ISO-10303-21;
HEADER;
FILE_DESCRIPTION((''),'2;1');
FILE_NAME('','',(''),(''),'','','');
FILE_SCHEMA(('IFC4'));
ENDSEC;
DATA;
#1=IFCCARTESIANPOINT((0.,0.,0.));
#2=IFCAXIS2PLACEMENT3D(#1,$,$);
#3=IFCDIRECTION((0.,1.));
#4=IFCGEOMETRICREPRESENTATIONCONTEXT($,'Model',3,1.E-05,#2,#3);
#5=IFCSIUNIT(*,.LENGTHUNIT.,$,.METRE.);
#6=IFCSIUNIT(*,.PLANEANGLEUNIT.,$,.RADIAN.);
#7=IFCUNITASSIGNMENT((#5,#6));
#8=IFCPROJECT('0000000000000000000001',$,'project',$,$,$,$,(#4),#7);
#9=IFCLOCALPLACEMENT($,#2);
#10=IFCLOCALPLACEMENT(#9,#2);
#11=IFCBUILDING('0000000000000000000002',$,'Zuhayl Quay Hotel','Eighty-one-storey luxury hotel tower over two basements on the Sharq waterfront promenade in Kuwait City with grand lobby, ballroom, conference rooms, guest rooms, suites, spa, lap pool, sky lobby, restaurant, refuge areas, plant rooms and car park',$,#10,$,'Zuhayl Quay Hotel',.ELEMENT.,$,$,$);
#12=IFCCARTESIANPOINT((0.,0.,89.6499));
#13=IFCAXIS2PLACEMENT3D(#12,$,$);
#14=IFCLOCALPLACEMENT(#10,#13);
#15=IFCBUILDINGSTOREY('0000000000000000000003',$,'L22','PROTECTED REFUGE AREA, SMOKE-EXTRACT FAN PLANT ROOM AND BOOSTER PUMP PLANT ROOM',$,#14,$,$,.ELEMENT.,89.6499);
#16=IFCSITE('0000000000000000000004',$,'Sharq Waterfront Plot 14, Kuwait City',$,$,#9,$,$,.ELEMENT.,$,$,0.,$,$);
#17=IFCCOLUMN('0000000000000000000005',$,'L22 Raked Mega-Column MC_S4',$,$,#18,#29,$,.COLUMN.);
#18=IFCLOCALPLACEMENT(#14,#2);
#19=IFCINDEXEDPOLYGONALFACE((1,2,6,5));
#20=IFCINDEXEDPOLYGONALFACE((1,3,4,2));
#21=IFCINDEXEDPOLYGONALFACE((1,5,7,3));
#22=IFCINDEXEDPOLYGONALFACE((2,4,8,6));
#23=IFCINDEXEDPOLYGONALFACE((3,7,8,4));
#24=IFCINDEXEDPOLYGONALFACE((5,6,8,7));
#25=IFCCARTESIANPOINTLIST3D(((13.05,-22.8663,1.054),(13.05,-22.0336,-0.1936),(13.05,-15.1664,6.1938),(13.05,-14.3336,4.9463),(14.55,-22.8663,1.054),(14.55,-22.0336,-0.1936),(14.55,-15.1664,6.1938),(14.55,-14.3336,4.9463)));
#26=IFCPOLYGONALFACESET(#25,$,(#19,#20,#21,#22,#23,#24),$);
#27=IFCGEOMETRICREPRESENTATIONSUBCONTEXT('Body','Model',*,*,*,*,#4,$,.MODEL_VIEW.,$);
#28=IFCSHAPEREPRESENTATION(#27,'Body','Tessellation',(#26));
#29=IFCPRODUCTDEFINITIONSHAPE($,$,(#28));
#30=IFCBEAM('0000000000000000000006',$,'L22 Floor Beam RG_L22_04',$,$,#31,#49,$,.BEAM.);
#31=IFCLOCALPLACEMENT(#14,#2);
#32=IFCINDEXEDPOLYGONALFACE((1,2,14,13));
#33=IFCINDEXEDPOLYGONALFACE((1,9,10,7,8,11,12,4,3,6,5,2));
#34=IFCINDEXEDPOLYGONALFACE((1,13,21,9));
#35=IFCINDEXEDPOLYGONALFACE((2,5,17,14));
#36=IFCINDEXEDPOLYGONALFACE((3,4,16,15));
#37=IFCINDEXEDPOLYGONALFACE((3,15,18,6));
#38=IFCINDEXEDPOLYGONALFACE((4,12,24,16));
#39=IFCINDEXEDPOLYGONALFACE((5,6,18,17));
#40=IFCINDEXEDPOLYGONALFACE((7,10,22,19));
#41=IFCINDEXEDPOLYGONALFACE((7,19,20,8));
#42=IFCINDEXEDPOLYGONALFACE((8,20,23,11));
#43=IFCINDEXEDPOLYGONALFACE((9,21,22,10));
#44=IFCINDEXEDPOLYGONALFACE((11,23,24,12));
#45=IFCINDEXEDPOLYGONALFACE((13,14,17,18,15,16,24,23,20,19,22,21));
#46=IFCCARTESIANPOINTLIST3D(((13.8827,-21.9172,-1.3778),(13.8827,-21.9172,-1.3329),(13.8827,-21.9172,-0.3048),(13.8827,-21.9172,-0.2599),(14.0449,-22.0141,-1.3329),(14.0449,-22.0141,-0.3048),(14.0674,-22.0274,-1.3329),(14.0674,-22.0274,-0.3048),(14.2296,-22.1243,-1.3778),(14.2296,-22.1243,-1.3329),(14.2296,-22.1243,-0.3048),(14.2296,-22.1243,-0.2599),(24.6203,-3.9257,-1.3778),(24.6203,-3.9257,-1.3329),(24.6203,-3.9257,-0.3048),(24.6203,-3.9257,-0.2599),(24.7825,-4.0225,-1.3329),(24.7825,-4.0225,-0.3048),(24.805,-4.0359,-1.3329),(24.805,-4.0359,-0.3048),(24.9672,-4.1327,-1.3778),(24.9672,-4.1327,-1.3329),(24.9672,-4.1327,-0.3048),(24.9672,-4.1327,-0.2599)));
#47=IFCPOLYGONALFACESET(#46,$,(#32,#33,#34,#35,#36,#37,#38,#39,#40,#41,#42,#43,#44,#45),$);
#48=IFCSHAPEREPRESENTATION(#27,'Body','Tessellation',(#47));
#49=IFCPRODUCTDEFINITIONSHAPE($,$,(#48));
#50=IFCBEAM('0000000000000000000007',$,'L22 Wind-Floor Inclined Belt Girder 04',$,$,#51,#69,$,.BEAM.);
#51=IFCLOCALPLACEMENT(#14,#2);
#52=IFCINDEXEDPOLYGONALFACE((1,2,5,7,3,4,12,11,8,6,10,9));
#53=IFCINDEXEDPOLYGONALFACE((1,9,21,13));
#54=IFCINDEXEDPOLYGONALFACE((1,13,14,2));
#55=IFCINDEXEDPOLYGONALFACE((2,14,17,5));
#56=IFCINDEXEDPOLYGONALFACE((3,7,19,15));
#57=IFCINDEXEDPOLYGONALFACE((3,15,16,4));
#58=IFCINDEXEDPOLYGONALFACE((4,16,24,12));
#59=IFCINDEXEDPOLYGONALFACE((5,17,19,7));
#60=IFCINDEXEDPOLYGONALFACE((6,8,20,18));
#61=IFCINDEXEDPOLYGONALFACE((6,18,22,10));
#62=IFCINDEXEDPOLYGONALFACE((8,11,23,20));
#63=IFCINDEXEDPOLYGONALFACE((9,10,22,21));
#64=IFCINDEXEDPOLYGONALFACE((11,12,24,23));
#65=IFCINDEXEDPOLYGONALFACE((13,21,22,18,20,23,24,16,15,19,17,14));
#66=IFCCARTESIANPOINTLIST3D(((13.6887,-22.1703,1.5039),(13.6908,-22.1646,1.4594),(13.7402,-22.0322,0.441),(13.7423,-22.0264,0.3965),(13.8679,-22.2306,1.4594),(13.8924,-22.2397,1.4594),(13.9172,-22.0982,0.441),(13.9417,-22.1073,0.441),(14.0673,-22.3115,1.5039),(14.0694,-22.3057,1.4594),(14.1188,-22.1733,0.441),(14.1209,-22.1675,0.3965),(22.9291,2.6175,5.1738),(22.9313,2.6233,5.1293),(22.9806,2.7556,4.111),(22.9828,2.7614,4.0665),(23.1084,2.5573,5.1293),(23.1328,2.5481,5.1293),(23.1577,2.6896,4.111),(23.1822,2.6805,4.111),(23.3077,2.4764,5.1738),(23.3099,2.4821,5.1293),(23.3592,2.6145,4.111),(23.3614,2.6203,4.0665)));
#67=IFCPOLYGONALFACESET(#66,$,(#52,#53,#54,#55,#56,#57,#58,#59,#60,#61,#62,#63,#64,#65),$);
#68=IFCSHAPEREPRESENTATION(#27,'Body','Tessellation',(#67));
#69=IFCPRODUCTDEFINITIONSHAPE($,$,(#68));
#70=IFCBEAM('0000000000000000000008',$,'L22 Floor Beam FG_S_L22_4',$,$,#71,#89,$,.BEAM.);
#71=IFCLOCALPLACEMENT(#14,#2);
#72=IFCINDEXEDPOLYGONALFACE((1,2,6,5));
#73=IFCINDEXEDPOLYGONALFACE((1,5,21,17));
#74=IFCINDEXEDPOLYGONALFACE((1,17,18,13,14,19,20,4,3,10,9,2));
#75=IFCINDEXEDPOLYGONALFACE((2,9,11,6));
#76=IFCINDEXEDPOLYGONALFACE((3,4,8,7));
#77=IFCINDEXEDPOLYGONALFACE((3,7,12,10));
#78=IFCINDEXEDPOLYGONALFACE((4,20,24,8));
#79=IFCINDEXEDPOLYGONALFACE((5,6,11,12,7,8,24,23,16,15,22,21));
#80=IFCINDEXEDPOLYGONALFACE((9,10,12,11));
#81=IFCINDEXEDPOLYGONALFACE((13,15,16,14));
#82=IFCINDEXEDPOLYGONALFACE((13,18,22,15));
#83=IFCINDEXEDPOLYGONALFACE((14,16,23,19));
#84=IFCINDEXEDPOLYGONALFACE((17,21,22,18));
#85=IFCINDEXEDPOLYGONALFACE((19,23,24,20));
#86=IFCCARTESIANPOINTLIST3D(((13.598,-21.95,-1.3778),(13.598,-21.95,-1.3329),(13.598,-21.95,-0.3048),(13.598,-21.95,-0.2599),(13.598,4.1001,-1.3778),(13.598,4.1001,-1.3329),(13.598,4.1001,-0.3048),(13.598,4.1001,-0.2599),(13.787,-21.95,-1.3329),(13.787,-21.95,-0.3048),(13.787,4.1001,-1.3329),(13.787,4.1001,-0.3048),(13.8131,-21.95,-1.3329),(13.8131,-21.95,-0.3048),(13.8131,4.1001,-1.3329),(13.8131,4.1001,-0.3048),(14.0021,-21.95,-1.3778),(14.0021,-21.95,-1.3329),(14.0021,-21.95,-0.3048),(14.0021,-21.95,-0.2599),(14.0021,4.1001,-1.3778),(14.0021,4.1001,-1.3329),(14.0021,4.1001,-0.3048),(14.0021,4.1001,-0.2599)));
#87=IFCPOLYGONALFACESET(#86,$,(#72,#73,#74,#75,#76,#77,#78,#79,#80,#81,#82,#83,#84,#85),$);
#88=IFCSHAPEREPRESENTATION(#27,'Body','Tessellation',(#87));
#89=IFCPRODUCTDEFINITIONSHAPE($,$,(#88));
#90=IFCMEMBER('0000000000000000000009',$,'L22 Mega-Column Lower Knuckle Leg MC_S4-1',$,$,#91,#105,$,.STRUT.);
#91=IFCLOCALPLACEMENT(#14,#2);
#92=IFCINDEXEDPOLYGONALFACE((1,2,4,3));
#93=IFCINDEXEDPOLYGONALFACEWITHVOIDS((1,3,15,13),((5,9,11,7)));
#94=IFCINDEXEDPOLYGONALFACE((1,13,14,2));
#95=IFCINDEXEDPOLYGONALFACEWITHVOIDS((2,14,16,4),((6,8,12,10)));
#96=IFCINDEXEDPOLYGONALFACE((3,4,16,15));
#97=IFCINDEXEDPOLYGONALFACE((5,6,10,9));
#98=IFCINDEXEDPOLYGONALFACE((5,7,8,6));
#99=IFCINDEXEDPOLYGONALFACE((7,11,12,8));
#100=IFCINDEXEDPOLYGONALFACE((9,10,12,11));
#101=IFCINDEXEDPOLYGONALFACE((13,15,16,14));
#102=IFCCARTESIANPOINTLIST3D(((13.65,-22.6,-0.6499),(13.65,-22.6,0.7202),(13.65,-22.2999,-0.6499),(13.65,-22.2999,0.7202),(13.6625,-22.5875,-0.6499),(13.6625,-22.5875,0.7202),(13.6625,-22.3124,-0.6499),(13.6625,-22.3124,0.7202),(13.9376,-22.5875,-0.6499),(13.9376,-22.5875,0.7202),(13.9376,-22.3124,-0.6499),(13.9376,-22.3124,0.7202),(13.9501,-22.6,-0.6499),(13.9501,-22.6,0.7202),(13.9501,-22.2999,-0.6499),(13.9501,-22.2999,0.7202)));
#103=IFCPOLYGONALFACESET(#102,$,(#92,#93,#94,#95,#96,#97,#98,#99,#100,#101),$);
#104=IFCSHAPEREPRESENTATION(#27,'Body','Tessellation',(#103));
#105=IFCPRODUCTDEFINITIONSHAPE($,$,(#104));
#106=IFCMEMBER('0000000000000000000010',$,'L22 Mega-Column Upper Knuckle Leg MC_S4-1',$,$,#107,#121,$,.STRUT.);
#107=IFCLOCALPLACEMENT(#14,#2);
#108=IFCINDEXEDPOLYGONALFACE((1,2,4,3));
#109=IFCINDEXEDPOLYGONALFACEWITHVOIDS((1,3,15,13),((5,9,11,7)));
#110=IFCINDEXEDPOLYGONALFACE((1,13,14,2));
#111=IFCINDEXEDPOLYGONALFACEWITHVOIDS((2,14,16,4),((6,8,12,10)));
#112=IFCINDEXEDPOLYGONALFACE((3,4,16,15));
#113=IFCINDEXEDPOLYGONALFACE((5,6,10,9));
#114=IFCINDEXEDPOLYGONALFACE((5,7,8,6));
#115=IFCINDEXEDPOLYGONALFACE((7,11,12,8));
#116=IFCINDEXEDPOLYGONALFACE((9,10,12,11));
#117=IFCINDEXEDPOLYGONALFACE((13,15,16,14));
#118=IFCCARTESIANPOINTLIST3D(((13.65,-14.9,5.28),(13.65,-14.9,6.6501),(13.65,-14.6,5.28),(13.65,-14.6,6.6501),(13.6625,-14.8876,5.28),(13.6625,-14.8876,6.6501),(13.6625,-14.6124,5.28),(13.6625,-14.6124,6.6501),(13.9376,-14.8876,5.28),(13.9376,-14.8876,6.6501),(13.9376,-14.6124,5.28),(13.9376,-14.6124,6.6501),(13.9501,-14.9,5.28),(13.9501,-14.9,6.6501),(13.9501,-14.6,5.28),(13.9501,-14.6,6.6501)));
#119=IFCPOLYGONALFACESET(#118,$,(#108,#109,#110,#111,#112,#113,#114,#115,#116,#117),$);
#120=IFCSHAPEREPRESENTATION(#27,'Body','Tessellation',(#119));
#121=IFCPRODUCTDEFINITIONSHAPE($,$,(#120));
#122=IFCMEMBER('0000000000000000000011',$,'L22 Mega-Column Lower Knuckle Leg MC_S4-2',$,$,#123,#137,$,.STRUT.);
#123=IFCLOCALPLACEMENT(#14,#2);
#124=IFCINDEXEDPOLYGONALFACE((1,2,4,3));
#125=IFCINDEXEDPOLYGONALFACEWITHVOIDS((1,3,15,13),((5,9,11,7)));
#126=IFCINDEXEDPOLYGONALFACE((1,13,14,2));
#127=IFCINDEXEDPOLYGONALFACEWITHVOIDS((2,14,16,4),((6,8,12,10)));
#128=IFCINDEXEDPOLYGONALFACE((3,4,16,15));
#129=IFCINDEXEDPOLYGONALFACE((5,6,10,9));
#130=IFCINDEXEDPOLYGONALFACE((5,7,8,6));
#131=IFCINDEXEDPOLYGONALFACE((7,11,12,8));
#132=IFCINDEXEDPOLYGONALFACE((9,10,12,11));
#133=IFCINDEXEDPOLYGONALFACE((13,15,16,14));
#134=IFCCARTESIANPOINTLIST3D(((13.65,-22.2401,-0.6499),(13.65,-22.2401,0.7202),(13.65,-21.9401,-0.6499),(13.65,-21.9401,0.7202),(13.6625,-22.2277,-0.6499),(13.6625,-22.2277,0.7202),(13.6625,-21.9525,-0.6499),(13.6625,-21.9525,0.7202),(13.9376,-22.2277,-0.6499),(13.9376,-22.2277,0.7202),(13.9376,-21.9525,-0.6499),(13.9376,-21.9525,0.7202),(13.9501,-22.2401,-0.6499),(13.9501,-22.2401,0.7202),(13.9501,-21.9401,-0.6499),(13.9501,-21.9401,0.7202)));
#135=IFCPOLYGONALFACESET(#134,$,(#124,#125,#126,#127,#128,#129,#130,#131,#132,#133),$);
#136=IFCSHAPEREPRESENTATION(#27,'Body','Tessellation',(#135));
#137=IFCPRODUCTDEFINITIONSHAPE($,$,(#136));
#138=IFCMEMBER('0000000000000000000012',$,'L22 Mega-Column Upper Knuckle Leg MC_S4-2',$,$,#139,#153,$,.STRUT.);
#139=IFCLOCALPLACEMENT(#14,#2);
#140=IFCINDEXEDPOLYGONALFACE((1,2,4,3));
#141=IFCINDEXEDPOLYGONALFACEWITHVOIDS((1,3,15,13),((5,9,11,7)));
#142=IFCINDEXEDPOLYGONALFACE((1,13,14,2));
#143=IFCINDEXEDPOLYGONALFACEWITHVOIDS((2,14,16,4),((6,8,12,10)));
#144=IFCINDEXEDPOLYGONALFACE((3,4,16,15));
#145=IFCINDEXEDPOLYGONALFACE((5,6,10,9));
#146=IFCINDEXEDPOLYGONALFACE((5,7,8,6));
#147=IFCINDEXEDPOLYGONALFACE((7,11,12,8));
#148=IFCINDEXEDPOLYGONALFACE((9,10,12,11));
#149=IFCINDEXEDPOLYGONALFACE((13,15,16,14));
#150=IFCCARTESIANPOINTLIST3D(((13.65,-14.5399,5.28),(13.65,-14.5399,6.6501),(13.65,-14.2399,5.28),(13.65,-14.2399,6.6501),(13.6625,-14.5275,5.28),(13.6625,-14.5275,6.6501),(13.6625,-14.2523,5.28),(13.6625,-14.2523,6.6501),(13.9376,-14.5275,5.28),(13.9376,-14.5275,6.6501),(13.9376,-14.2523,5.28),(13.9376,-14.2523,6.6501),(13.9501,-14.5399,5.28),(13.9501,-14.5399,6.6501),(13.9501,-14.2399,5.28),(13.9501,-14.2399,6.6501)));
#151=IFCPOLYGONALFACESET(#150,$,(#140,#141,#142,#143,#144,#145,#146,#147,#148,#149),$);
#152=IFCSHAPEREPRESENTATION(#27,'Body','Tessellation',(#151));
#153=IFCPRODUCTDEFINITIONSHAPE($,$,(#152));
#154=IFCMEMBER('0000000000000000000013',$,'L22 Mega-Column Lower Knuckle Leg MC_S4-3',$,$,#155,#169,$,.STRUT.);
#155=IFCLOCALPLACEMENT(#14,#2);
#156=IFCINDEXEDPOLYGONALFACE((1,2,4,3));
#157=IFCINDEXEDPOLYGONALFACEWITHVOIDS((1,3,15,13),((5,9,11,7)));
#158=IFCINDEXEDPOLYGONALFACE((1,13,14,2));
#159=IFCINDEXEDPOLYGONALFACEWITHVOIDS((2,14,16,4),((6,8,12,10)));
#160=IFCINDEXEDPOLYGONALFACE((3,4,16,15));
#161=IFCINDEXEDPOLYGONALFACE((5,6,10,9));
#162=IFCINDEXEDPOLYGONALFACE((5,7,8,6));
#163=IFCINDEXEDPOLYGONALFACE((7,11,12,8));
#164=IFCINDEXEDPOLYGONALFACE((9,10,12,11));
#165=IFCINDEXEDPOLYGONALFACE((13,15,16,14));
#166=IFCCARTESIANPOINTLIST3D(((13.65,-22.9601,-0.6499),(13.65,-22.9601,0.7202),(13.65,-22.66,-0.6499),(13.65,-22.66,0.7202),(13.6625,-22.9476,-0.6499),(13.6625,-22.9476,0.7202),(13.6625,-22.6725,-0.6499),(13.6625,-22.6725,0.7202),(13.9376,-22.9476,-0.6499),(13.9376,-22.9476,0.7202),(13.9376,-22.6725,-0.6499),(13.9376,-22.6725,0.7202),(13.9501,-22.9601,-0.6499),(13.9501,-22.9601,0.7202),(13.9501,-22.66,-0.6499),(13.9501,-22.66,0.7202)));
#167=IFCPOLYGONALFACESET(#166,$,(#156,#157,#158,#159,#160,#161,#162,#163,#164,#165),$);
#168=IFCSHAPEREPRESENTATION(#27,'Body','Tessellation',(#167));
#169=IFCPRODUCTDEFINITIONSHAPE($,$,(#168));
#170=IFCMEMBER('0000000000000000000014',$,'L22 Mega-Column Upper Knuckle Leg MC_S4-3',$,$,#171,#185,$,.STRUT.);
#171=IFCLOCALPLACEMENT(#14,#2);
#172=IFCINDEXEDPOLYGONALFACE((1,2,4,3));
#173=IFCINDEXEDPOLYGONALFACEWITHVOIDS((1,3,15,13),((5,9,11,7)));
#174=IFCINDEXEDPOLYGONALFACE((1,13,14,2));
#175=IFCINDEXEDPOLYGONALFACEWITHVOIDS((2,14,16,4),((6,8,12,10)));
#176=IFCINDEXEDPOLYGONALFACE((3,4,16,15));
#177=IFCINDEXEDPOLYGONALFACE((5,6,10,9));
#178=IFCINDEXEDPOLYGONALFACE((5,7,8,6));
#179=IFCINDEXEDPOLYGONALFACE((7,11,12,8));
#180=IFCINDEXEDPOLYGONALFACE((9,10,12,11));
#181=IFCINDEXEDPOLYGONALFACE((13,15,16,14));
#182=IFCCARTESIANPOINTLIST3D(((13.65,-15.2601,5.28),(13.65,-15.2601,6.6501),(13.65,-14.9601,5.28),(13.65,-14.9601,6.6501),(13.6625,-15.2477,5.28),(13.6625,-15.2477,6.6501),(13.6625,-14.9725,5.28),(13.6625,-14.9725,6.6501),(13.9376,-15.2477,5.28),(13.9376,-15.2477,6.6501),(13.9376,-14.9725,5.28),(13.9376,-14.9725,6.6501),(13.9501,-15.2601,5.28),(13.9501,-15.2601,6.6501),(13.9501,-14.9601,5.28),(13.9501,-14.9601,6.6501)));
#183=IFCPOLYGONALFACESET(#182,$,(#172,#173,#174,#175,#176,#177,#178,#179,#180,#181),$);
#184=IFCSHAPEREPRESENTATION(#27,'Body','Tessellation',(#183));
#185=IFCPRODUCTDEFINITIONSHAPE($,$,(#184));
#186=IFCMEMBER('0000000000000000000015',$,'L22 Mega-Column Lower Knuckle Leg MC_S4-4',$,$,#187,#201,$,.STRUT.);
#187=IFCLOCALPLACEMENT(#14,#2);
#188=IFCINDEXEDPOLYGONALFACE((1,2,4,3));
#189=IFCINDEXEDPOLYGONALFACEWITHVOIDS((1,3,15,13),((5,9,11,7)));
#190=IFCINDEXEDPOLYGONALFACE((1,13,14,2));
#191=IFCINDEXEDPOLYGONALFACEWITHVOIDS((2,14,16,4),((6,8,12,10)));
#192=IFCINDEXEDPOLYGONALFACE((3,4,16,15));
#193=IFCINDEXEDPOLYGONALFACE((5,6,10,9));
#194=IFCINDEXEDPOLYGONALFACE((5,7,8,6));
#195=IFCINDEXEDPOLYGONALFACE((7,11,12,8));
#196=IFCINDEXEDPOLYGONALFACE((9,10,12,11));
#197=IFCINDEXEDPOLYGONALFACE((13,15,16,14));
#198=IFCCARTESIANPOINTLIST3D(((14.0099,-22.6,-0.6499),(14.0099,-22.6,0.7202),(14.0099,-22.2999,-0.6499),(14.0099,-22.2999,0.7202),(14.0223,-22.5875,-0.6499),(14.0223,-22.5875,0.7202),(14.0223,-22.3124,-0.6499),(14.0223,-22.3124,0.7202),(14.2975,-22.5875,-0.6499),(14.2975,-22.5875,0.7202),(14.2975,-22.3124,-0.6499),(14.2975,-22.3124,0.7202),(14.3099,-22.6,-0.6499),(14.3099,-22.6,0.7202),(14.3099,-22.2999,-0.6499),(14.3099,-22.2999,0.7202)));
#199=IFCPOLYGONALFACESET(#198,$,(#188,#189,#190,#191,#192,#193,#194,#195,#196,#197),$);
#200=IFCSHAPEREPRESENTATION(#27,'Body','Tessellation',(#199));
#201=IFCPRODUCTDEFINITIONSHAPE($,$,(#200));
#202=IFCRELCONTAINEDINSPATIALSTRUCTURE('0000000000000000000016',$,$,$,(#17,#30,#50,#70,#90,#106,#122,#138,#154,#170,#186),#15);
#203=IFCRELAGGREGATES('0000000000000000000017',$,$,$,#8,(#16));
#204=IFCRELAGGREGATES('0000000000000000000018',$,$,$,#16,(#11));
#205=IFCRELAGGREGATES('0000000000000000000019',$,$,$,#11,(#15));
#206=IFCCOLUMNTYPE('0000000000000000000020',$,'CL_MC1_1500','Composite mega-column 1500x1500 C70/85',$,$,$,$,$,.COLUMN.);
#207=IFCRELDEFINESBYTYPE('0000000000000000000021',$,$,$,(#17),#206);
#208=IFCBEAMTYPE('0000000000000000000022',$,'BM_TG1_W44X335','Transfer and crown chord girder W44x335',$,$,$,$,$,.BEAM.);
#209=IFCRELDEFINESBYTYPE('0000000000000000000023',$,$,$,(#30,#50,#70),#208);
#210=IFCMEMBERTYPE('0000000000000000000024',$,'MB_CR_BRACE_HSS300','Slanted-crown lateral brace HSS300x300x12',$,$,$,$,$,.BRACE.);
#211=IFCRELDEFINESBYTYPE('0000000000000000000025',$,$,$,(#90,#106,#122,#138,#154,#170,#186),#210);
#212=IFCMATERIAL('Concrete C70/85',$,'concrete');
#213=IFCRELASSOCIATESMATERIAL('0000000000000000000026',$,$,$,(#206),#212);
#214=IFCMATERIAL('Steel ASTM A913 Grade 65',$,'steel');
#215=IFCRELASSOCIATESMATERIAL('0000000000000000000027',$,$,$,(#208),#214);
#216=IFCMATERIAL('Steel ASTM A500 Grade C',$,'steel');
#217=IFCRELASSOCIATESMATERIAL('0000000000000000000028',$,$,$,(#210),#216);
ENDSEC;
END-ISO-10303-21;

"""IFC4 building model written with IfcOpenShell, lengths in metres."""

from ifc_helpers import new_model, si_unit, direction, frame, origin, origin_2d, place, context, subcontext, project, spatial, rectangle, hollow_rectangle, i_section, extrude, material, material_profile, profile_set, type_object, element, save


model = new_model("IFC4")

# Units and contexts
model_context = context("Model", 3, precision=1e-05, world=origin(), true_north=direction((0.0, 1.0)))
body_context = subcontext(model_context, "Body", "Model", "MODEL_VIEW")
ifc_project = project(units=[si_unit("LENGTHUNIT", "METRE"), si_unit("PLANEANGLEUNIT", "RADIAN")], contexts=[model_context])

# Site, building, storey
site_placement = place(None, origin())
site = spatial("IfcSite", under=ifc_project, at=site_placement, Name="Sharq Waterfront Plot 14, Kuwait City", CompositionType="ELEMENT", RefElevation=0.0)
building_placement = place(site_placement, origin())
building = spatial("IfcBuilding", under=site, at=building_placement, Name="Zuhayl Quay Hotel", Description="Eighty-one-storey luxury hotel tower over two basements on the Sharq waterfront promenade in Kuwait City with grand lobby, ballroom, conference rooms, guest rooms, suites, spa, lap pool, sky lobby, restaurant, refuge areas, plant rooms and car park", LongName="Zuhayl Quay Hotel", CompositionType="ELEMENT")
storey_placement = place(building_placement, frame((0.0, 0.0, 89.6499)))
storey = spatial("IfcBuildingStorey", under=building, at=storey_placement, Name="L22", Description="PROTECTED REFUGE AREA, SMOKE-EXTRACT FAN PLANT ROOM AND BOOSTER PUMP PLANT ROOM", CompositionType="ELEMENT", Elevation=89.6499)

# Column
ifc_material_1 = material(Name="Concrete C70/85", Category="concrete")
ifc_material_profile_1 = material_profile(ifc_material_1, rectangle(XDim=1.5, YDim=1.5, at=origin_2d()), Name="RC1500X1500")
ifc_profile_set_1 = profile_set([ifc_material_profile_1], Name="Concrete C70/85")
column_type = type_object("IfcColumnType", Name="CL_MC1_1500", Description="Composite mega-column 1500x1500 C70/85", PredefinedType="COLUMN", material=ifc_profile_set_1)
column_placement = place(storey_placement, frame((13.8, -22.45, 0.4302), z_axis=(0.0, 0.831722, 0.555193), x_axis=(-1.0, 0.0, 0.0)))
element("IfcColumn", 1, at=column_placement, inside=storey, type_object=column_type, Name="L22 Raked Mega-Column MC_S4", PredefinedType="COLUMN", context=body_context, shape_type="SweptSolid", body=[
    extrude(rectangle(XDim=1.5, YDim=1.5, at=origin_2d()), origin(), (0.0, 0.0, 1.0), 9.2578),
])

# Beams
ifc_material_2 = material(Name="Steel ASTM A913 Grade 65", Category="steel")
ifc_material_profile_2 = material_profile(ifc_material_2, i_section(OverallWidth=0.4041, OverallDepth=1.1179, WebThickness=0.0261, FlangeThickness=0.0449, at=origin_2d()), Name="W44X335")
ifc_profile_set_2 = profile_set([ifc_material_profile_2], Name="Steel ASTM A913 Grade 65")
beam_type = type_object("IfcBeamType", Name="BM_TG1_W44X335", Description="Transfer and crown chord girder W44x335", PredefinedType="BEAM", material=ifc_profile_set_2)
beam_1_placement = place(storey_placement, frame((14.0562, -22.0208, -0.8188), z_axis=(0.512483, 0.858698, 0.0), x_axis=(-0.858698, 0.512483, 0.0)))
element("IfcBeam", 2, at=beam_1_placement, inside=storey, type_object=beam_type, Name="L22 Floor Beam RG_L22_04", PredefinedType="BEAM", context=body_context, shape_type="SweptSolid", body=[
    extrude(i_section(OverallWidth=0.4041, OverallDepth=1.1179, WebThickness=0.0261, FlangeThickness=0.0449, at=origin_2d()), origin(), (0.0, 0.0, 1.0), 20.9521),
])
beam_2_placement = place(storey_placement, frame((13.9048, -22.1689, 0.9502), z_axis=(0.345988, 0.928122, 0.137412), x_axis=(-0.93701, 0.349301, 0.0)))
element("IfcBeam", 3, at=beam_2_placement, inside=storey, type_object=beam_type, Name="L22 Wind-Floor Inclined Belt Girder 04", PredefinedType="BEAM", context=body_context, shape_type="SweptSolid", body=[
    extrude(i_section(OverallWidth=0.4041, OverallDepth=1.1179, WebThickness=0.0261, FlangeThickness=0.0449, at=origin_2d()), origin(), (0.0, 0.0, 1.0), 26.7075),
])
beam_3_placement = place(storey_placement, frame((13.8, -21.95, -0.8188), z_axis=(0.0, 1.0, 0.0), x_axis=(-1.0, 0.0, 0.0)))
element("IfcBeam", 4, at=beam_3_placement, inside=storey, type_object=beam_type, Name="L22 Floor Beam FG_S_L22_4", PredefinedType="BEAM", context=body_context, shape_type="SweptSolid", body=[
    extrude(i_section(OverallWidth=0.4041, OverallDepth=1.1179, WebThickness=0.0261, FlangeThickness=0.0449, at=origin_2d()), origin(), (0.0, 0.0, 1.0), 26.05),
])

# Members
ifc_material_3 = material(Name="Steel ASTM A500 Grade C", Category="steel")
ifc_material_profile_3 = material_profile(ifc_material_3, hollow_rectangle(XDim=0.3, YDim=0.3, WallThickness=0.0125, at=origin_2d()), Name="HSS300X300X12")
ifc_profile_set_3 = profile_set([ifc_material_profile_3], Name="Steel ASTM A500 Grade C")
member_type = type_object("IfcMemberType", Name="MB_CR_BRACE_HSS300", Description="Slanted-crown lateral brace HSS300x300x12", PredefinedType="BRACE", material=ifc_profile_set_3)
for number, where, z_axis, x_axis, name in (
    (5, (13.8, -22.45, -0.6499), (0.0, 0.0, 1.0), (1.0, 0.0, 0.0), "L22 Mega-Column Lower Knuckle Leg MC_S4-1"),
    (6, (13.8, -14.75, 5.28), (0.0, 0.0, 1.0), (1.0, 0.0, 0.0), "L22 Mega-Column Upper Knuckle Leg MC_S4-1"),
    (7, (13.8, -22.0901, -0.6499), (0.0, 0.0, 1.0), (1.0, 0.0, 0.0), "L22 Mega-Column Lower Knuckle Leg MC_S4-2"),
    (8, (13.8, -14.3899, 5.28), (0.0, 0.0, 1.0), (1.0, 0.0, 0.0), "L22 Mega-Column Upper Knuckle Leg MC_S4-2"),
    (9, (13.8, -22.8101, -0.6499), (0.0, 0.0, 1.0), (1.0, 0.0, 0.0), "L22 Mega-Column Lower Knuckle Leg MC_S4-3"),
    (10, (13.8, -15.1101, 5.28), (0.0, 0.0, 1.0), (1.0, 0.0, 0.0), "L22 Mega-Column Upper Knuckle Leg MC_S4-3"),
    (11, (14.1599, -22.45, -0.6499), (0.0, 0.0, 1.0), (1.0, 0.0, 0.0), "L22 Mega-Column Lower Knuckle Leg MC_S4-4"),
):
    element("IfcMember", number, at=place(storey_placement, frame(where, z_axis=z_axis, x_axis=x_axis)), inside=storey, type_object=member_type, Name=name, PredefinedType="STRUT", context=body_context, shape_type="SweptSolid", body=[
        extrude(hollow_rectangle(XDim=0.3, YDim=0.3, WallThickness=0.0125, at=origin_2d()), origin(), (0.0, 0.0, 1.0), 1.3701),
    ])

save(model, "model.ifc")
